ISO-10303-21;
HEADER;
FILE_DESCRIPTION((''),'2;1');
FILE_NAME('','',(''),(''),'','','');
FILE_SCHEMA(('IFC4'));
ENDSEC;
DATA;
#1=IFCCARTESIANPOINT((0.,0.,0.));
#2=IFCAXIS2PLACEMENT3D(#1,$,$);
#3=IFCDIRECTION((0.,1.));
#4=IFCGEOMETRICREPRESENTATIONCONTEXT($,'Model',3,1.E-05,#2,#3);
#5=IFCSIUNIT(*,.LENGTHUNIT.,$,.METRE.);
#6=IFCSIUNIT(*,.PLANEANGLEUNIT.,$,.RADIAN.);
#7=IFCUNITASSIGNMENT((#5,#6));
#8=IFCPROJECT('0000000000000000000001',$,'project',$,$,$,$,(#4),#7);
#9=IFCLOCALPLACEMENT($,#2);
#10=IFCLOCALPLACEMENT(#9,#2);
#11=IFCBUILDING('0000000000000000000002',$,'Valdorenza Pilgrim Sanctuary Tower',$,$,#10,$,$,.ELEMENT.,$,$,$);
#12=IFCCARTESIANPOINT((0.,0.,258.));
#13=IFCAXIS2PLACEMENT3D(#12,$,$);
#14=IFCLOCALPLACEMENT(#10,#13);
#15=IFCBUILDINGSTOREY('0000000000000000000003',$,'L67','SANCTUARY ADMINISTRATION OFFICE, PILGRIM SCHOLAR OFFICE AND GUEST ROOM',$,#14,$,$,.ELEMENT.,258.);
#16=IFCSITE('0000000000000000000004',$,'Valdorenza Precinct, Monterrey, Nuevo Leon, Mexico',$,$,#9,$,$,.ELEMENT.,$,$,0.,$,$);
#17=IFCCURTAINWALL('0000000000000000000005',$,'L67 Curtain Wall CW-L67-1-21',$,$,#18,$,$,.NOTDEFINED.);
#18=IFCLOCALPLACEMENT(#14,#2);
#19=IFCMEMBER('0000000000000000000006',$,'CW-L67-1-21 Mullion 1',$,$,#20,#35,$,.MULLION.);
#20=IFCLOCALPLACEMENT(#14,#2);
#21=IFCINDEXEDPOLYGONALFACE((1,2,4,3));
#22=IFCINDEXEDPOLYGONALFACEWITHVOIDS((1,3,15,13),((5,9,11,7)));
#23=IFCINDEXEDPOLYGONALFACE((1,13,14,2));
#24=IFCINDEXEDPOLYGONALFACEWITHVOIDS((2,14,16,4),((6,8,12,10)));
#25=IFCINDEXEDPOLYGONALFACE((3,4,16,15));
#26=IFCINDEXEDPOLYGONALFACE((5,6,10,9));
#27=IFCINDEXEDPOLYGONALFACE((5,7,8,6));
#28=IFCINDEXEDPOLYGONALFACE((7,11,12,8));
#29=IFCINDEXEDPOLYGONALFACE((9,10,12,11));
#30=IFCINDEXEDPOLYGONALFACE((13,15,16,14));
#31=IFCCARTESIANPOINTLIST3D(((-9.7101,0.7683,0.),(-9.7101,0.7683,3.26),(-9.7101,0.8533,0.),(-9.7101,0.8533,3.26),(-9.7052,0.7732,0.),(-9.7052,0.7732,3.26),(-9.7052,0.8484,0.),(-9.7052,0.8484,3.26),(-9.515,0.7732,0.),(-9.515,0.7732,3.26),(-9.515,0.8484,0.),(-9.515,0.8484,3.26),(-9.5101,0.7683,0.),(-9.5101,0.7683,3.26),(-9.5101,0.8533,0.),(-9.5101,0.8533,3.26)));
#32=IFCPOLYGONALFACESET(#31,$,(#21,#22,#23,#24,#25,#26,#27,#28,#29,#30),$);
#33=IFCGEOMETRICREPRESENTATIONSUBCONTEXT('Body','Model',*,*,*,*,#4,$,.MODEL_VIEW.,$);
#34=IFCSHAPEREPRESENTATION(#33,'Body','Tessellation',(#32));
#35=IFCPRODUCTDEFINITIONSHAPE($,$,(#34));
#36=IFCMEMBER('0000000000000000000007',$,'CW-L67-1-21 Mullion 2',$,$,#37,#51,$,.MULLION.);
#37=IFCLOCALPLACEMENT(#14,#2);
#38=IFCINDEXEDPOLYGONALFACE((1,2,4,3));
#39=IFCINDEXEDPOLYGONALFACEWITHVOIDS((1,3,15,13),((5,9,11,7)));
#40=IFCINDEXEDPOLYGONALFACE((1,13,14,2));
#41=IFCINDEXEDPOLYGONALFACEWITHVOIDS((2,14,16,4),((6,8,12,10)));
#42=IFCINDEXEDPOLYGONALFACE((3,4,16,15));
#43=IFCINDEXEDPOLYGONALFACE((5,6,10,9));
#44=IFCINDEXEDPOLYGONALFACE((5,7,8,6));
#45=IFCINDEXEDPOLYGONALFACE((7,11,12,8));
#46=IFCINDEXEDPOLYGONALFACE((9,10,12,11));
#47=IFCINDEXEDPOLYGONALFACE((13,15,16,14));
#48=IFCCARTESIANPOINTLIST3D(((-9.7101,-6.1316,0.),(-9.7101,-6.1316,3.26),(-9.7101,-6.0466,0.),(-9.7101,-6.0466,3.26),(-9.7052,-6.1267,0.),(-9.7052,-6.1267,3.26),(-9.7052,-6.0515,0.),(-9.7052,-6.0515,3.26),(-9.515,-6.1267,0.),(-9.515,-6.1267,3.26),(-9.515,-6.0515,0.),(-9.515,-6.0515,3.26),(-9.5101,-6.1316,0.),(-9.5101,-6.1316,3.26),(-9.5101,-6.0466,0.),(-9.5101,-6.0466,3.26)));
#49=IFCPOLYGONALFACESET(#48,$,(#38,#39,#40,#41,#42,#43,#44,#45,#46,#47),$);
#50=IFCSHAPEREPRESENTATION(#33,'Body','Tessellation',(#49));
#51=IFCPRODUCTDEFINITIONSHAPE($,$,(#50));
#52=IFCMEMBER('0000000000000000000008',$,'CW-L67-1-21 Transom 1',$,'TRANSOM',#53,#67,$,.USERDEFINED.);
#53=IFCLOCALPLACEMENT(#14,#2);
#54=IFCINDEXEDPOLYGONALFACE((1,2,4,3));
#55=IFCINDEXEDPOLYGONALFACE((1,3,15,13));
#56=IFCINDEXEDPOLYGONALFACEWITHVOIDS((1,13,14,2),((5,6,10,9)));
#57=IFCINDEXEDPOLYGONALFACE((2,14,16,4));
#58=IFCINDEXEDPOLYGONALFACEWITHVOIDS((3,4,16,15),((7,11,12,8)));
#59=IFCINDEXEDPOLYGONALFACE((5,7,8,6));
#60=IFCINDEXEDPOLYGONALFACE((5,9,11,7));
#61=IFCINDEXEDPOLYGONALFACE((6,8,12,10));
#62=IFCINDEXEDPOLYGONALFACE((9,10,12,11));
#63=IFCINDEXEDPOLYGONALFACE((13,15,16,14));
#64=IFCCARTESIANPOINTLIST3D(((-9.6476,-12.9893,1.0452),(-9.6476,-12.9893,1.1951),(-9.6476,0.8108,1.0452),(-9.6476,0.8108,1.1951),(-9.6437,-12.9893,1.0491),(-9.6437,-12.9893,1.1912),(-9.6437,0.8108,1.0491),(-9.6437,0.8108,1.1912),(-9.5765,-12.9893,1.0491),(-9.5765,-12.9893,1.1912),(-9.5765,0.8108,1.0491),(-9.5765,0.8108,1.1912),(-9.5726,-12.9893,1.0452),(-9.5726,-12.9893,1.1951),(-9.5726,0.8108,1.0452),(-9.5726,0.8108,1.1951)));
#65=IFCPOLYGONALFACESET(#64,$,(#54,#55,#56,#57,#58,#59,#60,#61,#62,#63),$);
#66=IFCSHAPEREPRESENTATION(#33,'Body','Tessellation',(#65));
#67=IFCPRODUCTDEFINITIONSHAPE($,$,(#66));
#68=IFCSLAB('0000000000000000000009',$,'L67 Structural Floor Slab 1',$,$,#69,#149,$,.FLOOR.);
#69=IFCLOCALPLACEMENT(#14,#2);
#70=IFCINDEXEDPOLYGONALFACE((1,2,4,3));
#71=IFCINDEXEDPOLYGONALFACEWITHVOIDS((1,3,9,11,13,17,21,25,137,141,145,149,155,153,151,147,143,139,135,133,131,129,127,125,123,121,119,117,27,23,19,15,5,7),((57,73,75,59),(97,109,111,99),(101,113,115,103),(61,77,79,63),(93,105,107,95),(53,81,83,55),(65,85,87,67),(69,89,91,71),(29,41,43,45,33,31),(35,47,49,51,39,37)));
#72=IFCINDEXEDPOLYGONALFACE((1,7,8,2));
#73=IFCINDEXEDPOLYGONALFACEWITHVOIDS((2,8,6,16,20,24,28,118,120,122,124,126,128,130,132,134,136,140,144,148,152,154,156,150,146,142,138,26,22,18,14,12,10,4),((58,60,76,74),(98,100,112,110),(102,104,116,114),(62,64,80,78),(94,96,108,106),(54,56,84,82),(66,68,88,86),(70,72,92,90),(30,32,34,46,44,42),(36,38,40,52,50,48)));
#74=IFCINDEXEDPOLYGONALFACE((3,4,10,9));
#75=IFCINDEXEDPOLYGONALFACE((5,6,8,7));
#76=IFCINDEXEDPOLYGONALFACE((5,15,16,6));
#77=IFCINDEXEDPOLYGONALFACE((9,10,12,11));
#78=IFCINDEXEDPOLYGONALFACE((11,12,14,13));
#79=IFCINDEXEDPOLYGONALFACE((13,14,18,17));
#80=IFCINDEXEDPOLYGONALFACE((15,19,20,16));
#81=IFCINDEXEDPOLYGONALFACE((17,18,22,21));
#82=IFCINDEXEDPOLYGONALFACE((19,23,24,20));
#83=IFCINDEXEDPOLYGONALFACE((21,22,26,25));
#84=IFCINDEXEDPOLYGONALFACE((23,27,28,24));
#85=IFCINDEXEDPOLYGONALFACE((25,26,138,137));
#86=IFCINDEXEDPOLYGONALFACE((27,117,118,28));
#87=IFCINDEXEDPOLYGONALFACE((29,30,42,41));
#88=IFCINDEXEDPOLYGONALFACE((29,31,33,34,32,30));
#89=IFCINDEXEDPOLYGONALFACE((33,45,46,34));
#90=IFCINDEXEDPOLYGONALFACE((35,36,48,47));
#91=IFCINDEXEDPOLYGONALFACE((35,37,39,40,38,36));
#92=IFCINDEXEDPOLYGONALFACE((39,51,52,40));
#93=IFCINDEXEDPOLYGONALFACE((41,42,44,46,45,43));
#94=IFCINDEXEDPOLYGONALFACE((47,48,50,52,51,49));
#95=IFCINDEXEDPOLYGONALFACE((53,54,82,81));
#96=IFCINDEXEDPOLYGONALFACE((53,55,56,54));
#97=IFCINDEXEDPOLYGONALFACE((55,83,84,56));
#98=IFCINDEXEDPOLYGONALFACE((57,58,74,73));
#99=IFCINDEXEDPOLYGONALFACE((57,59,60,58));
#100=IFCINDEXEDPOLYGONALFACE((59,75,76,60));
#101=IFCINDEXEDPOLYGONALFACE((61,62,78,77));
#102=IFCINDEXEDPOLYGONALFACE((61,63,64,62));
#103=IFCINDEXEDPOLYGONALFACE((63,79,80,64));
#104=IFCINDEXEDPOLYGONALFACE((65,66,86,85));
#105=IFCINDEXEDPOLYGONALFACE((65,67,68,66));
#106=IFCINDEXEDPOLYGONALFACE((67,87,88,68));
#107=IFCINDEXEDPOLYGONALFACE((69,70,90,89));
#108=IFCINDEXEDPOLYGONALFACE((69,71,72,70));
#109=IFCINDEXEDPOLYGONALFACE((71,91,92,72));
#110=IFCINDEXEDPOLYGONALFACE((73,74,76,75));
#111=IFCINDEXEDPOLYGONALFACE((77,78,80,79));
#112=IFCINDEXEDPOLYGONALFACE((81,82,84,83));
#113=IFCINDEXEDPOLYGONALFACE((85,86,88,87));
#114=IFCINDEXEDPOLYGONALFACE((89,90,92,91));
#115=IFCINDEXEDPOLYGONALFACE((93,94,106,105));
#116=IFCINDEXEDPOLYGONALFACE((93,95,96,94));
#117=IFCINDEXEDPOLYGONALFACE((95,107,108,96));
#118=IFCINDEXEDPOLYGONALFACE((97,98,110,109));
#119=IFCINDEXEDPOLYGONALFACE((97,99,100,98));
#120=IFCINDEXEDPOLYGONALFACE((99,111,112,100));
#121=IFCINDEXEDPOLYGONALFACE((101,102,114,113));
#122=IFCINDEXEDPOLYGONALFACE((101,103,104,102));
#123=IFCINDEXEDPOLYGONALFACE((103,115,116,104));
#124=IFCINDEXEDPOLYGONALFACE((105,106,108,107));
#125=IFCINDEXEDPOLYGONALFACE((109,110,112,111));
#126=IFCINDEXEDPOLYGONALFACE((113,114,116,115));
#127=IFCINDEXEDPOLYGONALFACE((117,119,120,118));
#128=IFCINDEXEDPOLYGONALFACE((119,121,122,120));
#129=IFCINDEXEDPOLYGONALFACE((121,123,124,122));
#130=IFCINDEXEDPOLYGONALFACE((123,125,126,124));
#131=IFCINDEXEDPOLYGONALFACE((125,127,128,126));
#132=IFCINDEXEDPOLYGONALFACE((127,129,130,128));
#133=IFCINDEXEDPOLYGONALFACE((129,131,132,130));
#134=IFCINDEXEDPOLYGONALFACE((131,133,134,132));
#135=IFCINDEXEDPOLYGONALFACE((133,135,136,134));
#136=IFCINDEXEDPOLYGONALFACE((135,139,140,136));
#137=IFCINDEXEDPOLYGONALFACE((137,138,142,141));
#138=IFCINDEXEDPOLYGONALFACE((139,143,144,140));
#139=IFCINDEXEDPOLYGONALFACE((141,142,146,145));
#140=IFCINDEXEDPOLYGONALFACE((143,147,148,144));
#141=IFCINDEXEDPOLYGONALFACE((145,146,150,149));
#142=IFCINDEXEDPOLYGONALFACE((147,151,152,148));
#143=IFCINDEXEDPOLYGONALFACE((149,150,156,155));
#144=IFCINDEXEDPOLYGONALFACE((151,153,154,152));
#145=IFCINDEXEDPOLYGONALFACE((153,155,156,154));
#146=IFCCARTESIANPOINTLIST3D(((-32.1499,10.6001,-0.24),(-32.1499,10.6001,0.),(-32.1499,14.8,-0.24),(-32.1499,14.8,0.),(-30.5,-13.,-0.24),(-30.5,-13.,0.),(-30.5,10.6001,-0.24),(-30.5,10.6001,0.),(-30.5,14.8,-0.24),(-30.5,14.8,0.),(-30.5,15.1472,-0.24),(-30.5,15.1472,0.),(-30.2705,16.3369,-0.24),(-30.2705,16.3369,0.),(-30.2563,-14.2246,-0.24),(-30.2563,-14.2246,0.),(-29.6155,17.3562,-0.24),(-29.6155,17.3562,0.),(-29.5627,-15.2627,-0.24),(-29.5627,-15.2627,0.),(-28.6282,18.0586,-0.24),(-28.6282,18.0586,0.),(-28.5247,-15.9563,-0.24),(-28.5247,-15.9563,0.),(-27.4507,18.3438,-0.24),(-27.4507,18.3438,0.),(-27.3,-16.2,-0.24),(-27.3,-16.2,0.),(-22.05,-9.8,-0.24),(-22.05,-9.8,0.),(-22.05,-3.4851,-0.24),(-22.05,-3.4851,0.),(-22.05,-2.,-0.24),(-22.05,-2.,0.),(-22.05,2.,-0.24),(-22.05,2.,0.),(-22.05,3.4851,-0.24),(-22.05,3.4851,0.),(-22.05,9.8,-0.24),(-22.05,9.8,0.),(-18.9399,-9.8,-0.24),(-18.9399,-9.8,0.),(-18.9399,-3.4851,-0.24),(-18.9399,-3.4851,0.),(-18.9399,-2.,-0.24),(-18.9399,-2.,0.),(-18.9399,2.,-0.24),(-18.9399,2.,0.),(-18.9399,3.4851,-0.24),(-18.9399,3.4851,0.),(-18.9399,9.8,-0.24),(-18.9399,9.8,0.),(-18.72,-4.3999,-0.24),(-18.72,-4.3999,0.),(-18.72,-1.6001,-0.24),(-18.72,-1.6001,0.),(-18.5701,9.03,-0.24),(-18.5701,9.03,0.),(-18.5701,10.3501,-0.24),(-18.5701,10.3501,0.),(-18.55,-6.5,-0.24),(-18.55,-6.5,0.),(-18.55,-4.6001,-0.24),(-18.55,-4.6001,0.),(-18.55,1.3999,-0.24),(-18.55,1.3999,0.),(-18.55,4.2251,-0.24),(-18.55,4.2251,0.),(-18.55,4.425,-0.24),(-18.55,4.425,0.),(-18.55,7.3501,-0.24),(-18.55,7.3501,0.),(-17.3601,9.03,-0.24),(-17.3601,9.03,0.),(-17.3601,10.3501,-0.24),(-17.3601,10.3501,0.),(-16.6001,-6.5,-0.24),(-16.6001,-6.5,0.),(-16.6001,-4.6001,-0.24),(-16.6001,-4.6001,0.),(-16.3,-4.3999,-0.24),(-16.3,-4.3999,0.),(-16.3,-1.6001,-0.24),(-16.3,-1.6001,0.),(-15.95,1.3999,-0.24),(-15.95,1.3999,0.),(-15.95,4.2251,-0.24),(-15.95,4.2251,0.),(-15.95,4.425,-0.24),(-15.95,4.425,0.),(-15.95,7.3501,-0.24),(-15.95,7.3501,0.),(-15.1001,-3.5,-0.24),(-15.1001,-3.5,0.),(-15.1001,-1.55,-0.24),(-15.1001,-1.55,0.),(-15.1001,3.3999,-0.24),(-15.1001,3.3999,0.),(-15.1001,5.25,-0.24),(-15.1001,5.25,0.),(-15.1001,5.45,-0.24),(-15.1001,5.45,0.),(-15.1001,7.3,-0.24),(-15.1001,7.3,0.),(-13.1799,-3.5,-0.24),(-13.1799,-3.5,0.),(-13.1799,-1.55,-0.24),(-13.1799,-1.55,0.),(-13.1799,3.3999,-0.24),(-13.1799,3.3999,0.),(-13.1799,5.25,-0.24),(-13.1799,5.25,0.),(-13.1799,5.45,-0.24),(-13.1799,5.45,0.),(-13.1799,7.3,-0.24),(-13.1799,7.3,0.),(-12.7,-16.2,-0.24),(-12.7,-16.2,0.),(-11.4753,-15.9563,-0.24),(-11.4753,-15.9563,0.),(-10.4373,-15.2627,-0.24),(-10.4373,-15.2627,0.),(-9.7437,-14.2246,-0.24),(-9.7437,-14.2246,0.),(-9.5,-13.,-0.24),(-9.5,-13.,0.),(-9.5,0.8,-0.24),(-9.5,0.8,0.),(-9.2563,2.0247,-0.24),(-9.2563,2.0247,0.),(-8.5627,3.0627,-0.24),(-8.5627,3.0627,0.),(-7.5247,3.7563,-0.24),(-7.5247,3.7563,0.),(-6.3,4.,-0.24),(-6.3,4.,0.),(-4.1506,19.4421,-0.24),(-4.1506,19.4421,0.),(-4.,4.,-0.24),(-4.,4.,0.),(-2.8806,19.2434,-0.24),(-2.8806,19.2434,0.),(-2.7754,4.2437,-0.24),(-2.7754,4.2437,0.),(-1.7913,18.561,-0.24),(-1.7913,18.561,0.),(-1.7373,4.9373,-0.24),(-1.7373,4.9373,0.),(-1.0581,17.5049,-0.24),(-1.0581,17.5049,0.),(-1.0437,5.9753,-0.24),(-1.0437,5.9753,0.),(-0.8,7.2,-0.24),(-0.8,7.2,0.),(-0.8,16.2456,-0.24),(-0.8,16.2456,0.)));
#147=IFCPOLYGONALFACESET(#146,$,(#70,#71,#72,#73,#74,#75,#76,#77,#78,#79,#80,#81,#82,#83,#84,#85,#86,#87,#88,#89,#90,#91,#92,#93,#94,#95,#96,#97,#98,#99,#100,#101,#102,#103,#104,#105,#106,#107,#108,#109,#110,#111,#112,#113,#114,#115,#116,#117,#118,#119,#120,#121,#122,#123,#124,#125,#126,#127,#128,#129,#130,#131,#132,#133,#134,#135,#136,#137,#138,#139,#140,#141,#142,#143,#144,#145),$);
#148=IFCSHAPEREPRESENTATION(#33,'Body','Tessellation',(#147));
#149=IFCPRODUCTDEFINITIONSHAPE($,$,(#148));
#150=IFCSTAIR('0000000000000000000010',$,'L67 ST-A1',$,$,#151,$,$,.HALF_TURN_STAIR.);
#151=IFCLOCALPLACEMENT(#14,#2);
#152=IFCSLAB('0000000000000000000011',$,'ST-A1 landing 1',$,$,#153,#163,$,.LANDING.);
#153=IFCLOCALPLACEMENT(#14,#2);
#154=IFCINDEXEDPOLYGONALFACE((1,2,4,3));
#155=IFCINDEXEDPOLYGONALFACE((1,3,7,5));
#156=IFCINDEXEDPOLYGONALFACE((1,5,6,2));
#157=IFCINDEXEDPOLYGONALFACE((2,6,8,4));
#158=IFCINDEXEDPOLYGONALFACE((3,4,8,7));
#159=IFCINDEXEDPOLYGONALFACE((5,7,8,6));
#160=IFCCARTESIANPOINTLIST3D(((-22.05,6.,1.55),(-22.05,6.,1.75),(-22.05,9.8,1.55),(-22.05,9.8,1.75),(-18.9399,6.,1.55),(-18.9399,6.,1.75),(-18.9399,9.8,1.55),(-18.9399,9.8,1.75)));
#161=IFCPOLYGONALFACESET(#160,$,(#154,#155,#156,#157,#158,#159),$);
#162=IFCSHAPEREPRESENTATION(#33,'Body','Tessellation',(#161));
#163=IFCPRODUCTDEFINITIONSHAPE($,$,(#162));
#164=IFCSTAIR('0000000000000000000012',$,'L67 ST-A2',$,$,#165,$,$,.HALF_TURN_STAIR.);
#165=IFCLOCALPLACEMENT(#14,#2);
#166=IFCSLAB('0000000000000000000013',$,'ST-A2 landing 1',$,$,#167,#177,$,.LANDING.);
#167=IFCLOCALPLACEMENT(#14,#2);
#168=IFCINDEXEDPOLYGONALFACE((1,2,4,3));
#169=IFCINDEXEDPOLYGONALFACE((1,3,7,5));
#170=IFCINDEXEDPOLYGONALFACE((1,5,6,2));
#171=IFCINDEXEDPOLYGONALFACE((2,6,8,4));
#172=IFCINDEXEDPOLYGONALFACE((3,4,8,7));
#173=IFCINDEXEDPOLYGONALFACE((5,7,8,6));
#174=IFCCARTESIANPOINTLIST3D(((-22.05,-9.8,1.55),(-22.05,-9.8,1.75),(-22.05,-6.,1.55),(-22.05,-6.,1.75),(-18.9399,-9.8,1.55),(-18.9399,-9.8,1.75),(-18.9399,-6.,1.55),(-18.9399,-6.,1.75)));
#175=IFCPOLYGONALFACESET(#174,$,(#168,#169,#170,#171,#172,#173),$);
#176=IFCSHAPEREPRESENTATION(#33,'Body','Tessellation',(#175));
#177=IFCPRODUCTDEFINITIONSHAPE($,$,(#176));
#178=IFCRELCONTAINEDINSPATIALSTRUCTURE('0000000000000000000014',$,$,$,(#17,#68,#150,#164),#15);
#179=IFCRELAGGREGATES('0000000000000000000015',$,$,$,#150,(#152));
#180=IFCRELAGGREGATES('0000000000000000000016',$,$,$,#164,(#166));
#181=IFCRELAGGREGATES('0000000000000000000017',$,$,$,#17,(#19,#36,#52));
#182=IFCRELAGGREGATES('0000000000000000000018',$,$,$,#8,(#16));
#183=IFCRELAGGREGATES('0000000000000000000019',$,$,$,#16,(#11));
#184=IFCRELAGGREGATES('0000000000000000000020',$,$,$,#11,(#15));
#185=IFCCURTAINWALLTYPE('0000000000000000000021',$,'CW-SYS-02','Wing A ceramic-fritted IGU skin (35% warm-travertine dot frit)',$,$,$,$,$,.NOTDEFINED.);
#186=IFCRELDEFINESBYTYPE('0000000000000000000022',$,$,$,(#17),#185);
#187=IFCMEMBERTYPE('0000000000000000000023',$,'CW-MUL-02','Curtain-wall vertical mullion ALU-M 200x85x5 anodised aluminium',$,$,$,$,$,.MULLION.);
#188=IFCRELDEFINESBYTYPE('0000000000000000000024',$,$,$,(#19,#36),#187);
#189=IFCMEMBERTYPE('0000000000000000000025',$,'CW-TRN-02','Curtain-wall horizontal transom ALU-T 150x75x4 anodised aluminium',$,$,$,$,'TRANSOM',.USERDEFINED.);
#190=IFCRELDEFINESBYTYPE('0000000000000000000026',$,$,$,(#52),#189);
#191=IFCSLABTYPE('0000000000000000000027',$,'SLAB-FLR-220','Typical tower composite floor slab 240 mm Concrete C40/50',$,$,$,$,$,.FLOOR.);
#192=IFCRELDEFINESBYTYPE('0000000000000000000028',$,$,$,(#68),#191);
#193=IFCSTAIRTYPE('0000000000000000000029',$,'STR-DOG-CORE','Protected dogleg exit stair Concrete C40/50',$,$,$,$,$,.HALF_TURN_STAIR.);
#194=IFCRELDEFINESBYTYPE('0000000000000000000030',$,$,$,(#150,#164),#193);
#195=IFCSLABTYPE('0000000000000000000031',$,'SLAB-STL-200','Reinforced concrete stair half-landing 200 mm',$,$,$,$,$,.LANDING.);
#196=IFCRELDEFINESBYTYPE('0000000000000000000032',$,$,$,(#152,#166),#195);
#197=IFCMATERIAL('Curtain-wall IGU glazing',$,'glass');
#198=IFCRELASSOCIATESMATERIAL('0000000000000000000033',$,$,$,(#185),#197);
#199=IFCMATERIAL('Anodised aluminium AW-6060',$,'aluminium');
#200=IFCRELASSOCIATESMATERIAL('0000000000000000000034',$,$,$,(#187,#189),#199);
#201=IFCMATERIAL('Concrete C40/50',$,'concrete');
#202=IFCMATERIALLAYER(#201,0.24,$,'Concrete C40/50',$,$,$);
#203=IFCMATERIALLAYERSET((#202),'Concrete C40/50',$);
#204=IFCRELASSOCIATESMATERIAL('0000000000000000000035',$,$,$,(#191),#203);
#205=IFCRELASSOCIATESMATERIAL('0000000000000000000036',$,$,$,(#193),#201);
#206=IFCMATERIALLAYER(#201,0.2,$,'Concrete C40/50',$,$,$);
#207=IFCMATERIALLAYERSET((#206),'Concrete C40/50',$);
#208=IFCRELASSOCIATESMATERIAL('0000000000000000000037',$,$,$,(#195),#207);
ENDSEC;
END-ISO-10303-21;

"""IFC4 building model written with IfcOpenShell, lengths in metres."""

from ifc_helpers import new_model, si_unit, direction, frame, origin, origin_2d, place, context, subcontext, project, spatial, polyline, hollow_rectangle, outline, extrude, source, transform, mapped, material, layer, layer_set, material_profile, profile_set, type_object, element, aggregate, save


model = new_model("IFC4")

# Units and contexts
model_context = context("Model", 3, precision=1e-05, world=origin(), true_north=direction((0.0, 1.0)))
body_context = subcontext(model_context, "Body", "Model", "MODEL_VIEW")
ifc_project = project(units=[si_unit("LENGTHUNIT", "METRE"), si_unit("PLANEANGLEUNIT", "RADIAN")], contexts=[model_context])

# Site, building, storey
site_placement = place(None, origin())
site = spatial("IfcSite", under=ifc_project, at=site_placement, Name="Valdorenza Precinct, Monterrey, Nuevo Leon, Mexico", CompositionType="ELEMENT", RefElevation=0.0)
building_placement = place(site_placement, origin())
building = spatial("IfcBuilding", under=site, at=building_placement, Name="Valdorenza Pilgrim Sanctuary Tower", CompositionType="ELEMENT")
storey_placement = place(building_placement, frame((0.0, 0.0, 258.0)))
storey = spatial("IfcBuildingStorey", under=building, at=storey_placement, Name="L67", Description="SANCTUARY ADMINISTRATION OFFICE, PILGRIM SCHOLAR OFFICE AND GUEST ROOM", CompositionType="ELEMENT", Elevation=258.0)

# Curtain wall, members
ifc_material_1 = material(Name="Curtain-wall IGU glazing", Category="glass")
curtain_wall_type = type_object("IfcCurtainWallType", Name="CW-SYS-02", Description="Wing A ceramic-fritted IGU skin (35% warm-travertine dot frit)", PredefinedType="NOTDEFINED", material=ifc_material_1)
curtain_wall_placement = place(storey_placement, origin())
curtain_wall = element("IfcCurtainWall", 1, at=curtain_wall_placement, inside=storey, type_object=curtain_wall_type, Name="L67 Curtain Wall CW-L67-1-21", PredefinedType="NOTDEFINED")
ifc_material_2 = material(Name="Anodised aluminium AW-6060", Category="aluminium")
ifc_material_profile_1 = material_profile(ifc_material_2, hollow_rectangle(XDim=0.085, YDim=0.2, WallThickness=0.0049, at=origin_2d()), Name="ALU-M 200x85x5")
ifc_profile_set_1 = profile_set([ifc_material_profile_1], Name="Anodised aluminium AW-6060")
member_type_1 = type_object("IfcMemberType", Name="CW-MUL-02", Description="Curtain-wall vertical mullion ALU-M 200x85x5 anodised aluminium", PredefinedType="MULLION", material=ifc_profile_set_1)
shared_shape_1 = source(origin(), body_context, "Body", "SweptSolid", [
    extrude(hollow_rectangle(XDim=0.085, YDim=0.2, WallThickness=0.0049, at=origin_2d()), origin(), (0.0, 0.0, 1.0), 3.26),
])
member_1_placement = place(storey_placement, frame((-9.6101, 0.8108, 0.0), z_axis=(0.0, 0.0, 1.0), x_axis=(0.0, -1.0, 0.0)))
member_1 = element("IfcMember", 2, at=member_1_placement, type_object=member_type_1, Name="CW-L67-1-21 Mullion 1", PredefinedType="MULLION", context=body_context, shape_type="MappedRepresentation", body=[
    mapped(shared_shape_1, transform((0.0, 0.0, 0.0), x_axis=(1.0, 0.0, 0.0), y_axis=(0.0, 1.0, 0.0), z_axis=(0.0, 0.0, 1.0), scale=1.0)),
])
member_2_placement = place(storey_placement, frame((-9.6101, -6.0891, 0.0), z_axis=(0.0, 0.0, 1.0), x_axis=(0.0, -1.0, 0.0)))
member_2 = element("IfcMember", 3, at=member_2_placement, type_object=member_type_1, Name="CW-L67-1-21 Mullion 2", PredefinedType="MULLION", context=body_context, shape_type="MappedRepresentation", body=[
    mapped(shared_shape_1, transform((0.0, 0.0, 0.0), x_axis=(1.0, 0.0, 0.0), y_axis=(0.0, 1.0, 0.0), z_axis=(0.0, 0.0, 1.0), scale=1.0)),
])
ifc_material_profile_2 = material_profile(ifc_material_2, hollow_rectangle(XDim=0.075, YDim=0.1499, WallThickness=0.0039, at=origin_2d()), Name="ALU-T 150x75x4")
ifc_profile_set_2 = profile_set([ifc_material_profile_2], Name="Anodised aluminium AW-6060")
member_type_2 = type_object("IfcMemberType", Name="CW-TRN-02", Description="Curtain-wall horizontal transom ALU-T 150x75x4 anodised aluminium", ElementType="TRANSOM", PredefinedType="USERDEFINED", material=ifc_profile_set_2)
shared_shape_2 = source(origin(), body_context, "Body", "SweptSolid", [
    extrude(hollow_rectangle(XDim=0.075, YDim=0.1499, WallThickness=0.0039, at=origin_2d()), origin(), (0.0, 0.0, 1.0), 13.8),
])
member_3_placement = place(storey_placement, frame((-9.6101, 0.8108, 1.1201), z_axis=(0.0, -1.0, 0.0), x_axis=(1.0, 0.0, 0.0)))
member_3 = element("IfcMember", 4, at=member_3_placement, type_object=member_type_2, Name="CW-L67-1-21 Transom 1", ObjectType="TRANSOM", PredefinedType="USERDEFINED", context=body_context, shape_type="MappedRepresentation", body=[
    mapped(shared_shape_2, transform((0.0, 0.0, 0.0), x_axis=(1.0, 0.0, 0.0), y_axis=(0.0, 1.0, 0.0), z_axis=(0.0, 0.0, 1.0), scale=1.0)),
])

# Slab
ifc_material_3 = material(Name="Concrete C40/50", Category="concrete")
ifc_layer_1 = layer(ifc_material_3, 0.24, Name="Concrete C40/50")
ifc_layer_set_1 = layer_set([ifc_layer_1], Name="Concrete C40/50")
slab_type_1 = type_object("IfcSlabType", Name="SLAB-FLR-220", Description="Typical tower composite floor slab 240 mm Concrete C40/50", PredefinedType="FLOOR", material=ifc_layer_set_1)
slab_1_placement = place(storey_placement, frame((0.0, 0.0, -0.24)))
element("IfcSlab", 5, at=slab_1_placement, inside=storey, type_object=slab_type_1, Name="L67 Structural Floor Slab 1", PredefinedType="FLOOR", context=body_context, shape_type="SweptSolid", body=[
    extrude(outline(polyline([(-30.2705, 16.3369), (-29.6155, 17.3562), (-28.6282, 18.0586), (-27.4507, 18.3438), (-4.1506, 19.4421), (-2.8806, 19.2434), (-1.7913, 18.561), (-1.0581, 17.5049), (-0.8, 16.2456), (-0.8, 7.2), (-1.0437, 5.9753), (-1.7373, 4.9373), (-2.7754, 4.2437), (-4.0, 4.0), (-6.3, 4.0), (-7.5247, 3.7563), (-8.5627, 3.0627), (-9.2563, 2.0247), (-9.5, 0.8), (-9.5, -13.0), (-9.7437, -14.2246), (-10.4373, -15.2627), (-11.4753, -15.9563), (-12.7, -16.2), (-27.3, -16.2), (-28.5247, -15.9563), (-29.5627, -15.2627), (-30.2563, -14.2246), (-30.5, -13.0), (-30.5, 10.6001), (-32.1499, 10.6001), (-32.1499, 14.8), (-30.5, 14.8), (-30.5, 15.1472), (-30.2705, 16.3369)]), holes=[polyline([(-22.05, -9.8), (-18.9399, -9.8), (-18.9399, -3.4851), (-18.9399, -2.0), (-22.05, -2.0), (-22.05, -3.4851), (-22.05, -9.8)]), polyline([(-16.6001, -6.5), (-16.6001, -4.6001), (-18.55, -4.6001), (-18.55, -6.5), (-16.6001, -6.5)]), polyline([(-22.05, 2.0), (-18.9399, 2.0), (-18.9399, 3.4851), (-18.9399, 9.8), (-22.05, 9.8), (-22.05, 3.4851), (-22.05, 2.0)]), polyline([(-17.3601, 9.03), (-17.3601, 10.3501), (-18.5701, 10.3501), (-18.5701, 9.03), (-17.3601, 9.03)]), polyline([(-16.3, -1.6001), (-18.72, -1.6001), (-18.72, -4.3999), (-16.3, -4.3999), (-16.3, -1.6001)]), polyline([(-13.1799, -3.5), (-13.1799, -1.55), (-15.1001, -1.55), (-15.1001, -3.5), (-13.1799, -3.5)]), polyline([(-15.95, 1.3999), (-15.95, 4.2251), (-18.55, 4.2251), (-18.55, 1.3999), (-15.95, 1.3999)]), polyline([(-13.1799, 5.25), (-15.1001, 5.25), (-15.1001, 3.3999), (-13.1799, 3.3999), (-13.1799, 5.25)]), polyline([(-15.95, 4.425), (-15.95, 7.3501), (-18.55, 7.3501), (-18.55, 4.425), (-15.95, 4.425)]), polyline([(-13.1799, 5.45), (-13.1799, 7.3), (-15.1001, 7.3), (-15.1001, 5.45), (-13.1799, 5.45)])]), origin(), (0.0, 0.0, 1.0), 0.24),
])

# Stairs, slabs
stair_type = type_object("IfcStairType", Name="STR-DOG-CORE", Description="Protected dogleg exit stair Concrete C40/50", PredefinedType="HALF_TURN_STAIR", material=ifc_material_3)
stair_1_placement = place(storey_placement, origin())
stair_1 = element("IfcStair", 6, at=stair_1_placement, inside=storey, type_object=stair_type, Name="L67 ST-A1", PredefinedType="HALF_TURN_STAIR")
ifc_layer_2 = layer(ifc_material_3, 0.2, Name="Concrete C40/50")
ifc_layer_set_2 = layer_set([ifc_layer_2], Name="Concrete C40/50")
slab_type_2 = type_object("IfcSlabType", Name="SLAB-STL-200", Description="Reinforced concrete stair half-landing 200 mm", PredefinedType="LANDING", material=ifc_layer_set_2)
slab_2_placement = place(storey_placement, frame((0.0, 0.0, 1.55)))
slab_2 = element("IfcSlab", 7, at=slab_2_placement, type_object=slab_type_2, Name="ST-A1 landing 1", PredefinedType="LANDING", context=body_context, shape_type="SweptSolid", body=[
    extrude(outline(polyline([(-18.9399, 6.0), (-18.9399, 9.8), (-22.05, 9.8), (-22.05, 6.0), (-18.9399, 6.0)])), origin(), (0.0, 0.0, 1.0), 0.2),
])
aggregate(stair_1, [slab_2])
stair_2_placement = place(storey_placement, origin())
stair_2 = element("IfcStair", 8, at=stair_2_placement, inside=storey, type_object=stair_type, Name="L67 ST-A2", PredefinedType="HALF_TURN_STAIR")
slab_3_placement = place(storey_placement, frame((0.0, 0.0, 1.55)))
slab_3 = element("IfcSlab", 9, at=slab_3_placement, type_object=slab_type_2, Name="ST-A2 landing 1", PredefinedType="LANDING", context=body_context, shape_type="SweptSolid", body=[
    extrude(outline(polyline([(-22.05, -6.0), (-22.05, -9.8), (-18.9399, -9.8), (-18.9399, -6.0), (-22.05, -6.0)])), origin(), (0.0, 0.0, 1.0), 0.2),
])
aggregate(stair_2, [slab_3])

aggregate(curtain_wall, [member_1, member_2, member_3])

save(model, "model.ifc")
